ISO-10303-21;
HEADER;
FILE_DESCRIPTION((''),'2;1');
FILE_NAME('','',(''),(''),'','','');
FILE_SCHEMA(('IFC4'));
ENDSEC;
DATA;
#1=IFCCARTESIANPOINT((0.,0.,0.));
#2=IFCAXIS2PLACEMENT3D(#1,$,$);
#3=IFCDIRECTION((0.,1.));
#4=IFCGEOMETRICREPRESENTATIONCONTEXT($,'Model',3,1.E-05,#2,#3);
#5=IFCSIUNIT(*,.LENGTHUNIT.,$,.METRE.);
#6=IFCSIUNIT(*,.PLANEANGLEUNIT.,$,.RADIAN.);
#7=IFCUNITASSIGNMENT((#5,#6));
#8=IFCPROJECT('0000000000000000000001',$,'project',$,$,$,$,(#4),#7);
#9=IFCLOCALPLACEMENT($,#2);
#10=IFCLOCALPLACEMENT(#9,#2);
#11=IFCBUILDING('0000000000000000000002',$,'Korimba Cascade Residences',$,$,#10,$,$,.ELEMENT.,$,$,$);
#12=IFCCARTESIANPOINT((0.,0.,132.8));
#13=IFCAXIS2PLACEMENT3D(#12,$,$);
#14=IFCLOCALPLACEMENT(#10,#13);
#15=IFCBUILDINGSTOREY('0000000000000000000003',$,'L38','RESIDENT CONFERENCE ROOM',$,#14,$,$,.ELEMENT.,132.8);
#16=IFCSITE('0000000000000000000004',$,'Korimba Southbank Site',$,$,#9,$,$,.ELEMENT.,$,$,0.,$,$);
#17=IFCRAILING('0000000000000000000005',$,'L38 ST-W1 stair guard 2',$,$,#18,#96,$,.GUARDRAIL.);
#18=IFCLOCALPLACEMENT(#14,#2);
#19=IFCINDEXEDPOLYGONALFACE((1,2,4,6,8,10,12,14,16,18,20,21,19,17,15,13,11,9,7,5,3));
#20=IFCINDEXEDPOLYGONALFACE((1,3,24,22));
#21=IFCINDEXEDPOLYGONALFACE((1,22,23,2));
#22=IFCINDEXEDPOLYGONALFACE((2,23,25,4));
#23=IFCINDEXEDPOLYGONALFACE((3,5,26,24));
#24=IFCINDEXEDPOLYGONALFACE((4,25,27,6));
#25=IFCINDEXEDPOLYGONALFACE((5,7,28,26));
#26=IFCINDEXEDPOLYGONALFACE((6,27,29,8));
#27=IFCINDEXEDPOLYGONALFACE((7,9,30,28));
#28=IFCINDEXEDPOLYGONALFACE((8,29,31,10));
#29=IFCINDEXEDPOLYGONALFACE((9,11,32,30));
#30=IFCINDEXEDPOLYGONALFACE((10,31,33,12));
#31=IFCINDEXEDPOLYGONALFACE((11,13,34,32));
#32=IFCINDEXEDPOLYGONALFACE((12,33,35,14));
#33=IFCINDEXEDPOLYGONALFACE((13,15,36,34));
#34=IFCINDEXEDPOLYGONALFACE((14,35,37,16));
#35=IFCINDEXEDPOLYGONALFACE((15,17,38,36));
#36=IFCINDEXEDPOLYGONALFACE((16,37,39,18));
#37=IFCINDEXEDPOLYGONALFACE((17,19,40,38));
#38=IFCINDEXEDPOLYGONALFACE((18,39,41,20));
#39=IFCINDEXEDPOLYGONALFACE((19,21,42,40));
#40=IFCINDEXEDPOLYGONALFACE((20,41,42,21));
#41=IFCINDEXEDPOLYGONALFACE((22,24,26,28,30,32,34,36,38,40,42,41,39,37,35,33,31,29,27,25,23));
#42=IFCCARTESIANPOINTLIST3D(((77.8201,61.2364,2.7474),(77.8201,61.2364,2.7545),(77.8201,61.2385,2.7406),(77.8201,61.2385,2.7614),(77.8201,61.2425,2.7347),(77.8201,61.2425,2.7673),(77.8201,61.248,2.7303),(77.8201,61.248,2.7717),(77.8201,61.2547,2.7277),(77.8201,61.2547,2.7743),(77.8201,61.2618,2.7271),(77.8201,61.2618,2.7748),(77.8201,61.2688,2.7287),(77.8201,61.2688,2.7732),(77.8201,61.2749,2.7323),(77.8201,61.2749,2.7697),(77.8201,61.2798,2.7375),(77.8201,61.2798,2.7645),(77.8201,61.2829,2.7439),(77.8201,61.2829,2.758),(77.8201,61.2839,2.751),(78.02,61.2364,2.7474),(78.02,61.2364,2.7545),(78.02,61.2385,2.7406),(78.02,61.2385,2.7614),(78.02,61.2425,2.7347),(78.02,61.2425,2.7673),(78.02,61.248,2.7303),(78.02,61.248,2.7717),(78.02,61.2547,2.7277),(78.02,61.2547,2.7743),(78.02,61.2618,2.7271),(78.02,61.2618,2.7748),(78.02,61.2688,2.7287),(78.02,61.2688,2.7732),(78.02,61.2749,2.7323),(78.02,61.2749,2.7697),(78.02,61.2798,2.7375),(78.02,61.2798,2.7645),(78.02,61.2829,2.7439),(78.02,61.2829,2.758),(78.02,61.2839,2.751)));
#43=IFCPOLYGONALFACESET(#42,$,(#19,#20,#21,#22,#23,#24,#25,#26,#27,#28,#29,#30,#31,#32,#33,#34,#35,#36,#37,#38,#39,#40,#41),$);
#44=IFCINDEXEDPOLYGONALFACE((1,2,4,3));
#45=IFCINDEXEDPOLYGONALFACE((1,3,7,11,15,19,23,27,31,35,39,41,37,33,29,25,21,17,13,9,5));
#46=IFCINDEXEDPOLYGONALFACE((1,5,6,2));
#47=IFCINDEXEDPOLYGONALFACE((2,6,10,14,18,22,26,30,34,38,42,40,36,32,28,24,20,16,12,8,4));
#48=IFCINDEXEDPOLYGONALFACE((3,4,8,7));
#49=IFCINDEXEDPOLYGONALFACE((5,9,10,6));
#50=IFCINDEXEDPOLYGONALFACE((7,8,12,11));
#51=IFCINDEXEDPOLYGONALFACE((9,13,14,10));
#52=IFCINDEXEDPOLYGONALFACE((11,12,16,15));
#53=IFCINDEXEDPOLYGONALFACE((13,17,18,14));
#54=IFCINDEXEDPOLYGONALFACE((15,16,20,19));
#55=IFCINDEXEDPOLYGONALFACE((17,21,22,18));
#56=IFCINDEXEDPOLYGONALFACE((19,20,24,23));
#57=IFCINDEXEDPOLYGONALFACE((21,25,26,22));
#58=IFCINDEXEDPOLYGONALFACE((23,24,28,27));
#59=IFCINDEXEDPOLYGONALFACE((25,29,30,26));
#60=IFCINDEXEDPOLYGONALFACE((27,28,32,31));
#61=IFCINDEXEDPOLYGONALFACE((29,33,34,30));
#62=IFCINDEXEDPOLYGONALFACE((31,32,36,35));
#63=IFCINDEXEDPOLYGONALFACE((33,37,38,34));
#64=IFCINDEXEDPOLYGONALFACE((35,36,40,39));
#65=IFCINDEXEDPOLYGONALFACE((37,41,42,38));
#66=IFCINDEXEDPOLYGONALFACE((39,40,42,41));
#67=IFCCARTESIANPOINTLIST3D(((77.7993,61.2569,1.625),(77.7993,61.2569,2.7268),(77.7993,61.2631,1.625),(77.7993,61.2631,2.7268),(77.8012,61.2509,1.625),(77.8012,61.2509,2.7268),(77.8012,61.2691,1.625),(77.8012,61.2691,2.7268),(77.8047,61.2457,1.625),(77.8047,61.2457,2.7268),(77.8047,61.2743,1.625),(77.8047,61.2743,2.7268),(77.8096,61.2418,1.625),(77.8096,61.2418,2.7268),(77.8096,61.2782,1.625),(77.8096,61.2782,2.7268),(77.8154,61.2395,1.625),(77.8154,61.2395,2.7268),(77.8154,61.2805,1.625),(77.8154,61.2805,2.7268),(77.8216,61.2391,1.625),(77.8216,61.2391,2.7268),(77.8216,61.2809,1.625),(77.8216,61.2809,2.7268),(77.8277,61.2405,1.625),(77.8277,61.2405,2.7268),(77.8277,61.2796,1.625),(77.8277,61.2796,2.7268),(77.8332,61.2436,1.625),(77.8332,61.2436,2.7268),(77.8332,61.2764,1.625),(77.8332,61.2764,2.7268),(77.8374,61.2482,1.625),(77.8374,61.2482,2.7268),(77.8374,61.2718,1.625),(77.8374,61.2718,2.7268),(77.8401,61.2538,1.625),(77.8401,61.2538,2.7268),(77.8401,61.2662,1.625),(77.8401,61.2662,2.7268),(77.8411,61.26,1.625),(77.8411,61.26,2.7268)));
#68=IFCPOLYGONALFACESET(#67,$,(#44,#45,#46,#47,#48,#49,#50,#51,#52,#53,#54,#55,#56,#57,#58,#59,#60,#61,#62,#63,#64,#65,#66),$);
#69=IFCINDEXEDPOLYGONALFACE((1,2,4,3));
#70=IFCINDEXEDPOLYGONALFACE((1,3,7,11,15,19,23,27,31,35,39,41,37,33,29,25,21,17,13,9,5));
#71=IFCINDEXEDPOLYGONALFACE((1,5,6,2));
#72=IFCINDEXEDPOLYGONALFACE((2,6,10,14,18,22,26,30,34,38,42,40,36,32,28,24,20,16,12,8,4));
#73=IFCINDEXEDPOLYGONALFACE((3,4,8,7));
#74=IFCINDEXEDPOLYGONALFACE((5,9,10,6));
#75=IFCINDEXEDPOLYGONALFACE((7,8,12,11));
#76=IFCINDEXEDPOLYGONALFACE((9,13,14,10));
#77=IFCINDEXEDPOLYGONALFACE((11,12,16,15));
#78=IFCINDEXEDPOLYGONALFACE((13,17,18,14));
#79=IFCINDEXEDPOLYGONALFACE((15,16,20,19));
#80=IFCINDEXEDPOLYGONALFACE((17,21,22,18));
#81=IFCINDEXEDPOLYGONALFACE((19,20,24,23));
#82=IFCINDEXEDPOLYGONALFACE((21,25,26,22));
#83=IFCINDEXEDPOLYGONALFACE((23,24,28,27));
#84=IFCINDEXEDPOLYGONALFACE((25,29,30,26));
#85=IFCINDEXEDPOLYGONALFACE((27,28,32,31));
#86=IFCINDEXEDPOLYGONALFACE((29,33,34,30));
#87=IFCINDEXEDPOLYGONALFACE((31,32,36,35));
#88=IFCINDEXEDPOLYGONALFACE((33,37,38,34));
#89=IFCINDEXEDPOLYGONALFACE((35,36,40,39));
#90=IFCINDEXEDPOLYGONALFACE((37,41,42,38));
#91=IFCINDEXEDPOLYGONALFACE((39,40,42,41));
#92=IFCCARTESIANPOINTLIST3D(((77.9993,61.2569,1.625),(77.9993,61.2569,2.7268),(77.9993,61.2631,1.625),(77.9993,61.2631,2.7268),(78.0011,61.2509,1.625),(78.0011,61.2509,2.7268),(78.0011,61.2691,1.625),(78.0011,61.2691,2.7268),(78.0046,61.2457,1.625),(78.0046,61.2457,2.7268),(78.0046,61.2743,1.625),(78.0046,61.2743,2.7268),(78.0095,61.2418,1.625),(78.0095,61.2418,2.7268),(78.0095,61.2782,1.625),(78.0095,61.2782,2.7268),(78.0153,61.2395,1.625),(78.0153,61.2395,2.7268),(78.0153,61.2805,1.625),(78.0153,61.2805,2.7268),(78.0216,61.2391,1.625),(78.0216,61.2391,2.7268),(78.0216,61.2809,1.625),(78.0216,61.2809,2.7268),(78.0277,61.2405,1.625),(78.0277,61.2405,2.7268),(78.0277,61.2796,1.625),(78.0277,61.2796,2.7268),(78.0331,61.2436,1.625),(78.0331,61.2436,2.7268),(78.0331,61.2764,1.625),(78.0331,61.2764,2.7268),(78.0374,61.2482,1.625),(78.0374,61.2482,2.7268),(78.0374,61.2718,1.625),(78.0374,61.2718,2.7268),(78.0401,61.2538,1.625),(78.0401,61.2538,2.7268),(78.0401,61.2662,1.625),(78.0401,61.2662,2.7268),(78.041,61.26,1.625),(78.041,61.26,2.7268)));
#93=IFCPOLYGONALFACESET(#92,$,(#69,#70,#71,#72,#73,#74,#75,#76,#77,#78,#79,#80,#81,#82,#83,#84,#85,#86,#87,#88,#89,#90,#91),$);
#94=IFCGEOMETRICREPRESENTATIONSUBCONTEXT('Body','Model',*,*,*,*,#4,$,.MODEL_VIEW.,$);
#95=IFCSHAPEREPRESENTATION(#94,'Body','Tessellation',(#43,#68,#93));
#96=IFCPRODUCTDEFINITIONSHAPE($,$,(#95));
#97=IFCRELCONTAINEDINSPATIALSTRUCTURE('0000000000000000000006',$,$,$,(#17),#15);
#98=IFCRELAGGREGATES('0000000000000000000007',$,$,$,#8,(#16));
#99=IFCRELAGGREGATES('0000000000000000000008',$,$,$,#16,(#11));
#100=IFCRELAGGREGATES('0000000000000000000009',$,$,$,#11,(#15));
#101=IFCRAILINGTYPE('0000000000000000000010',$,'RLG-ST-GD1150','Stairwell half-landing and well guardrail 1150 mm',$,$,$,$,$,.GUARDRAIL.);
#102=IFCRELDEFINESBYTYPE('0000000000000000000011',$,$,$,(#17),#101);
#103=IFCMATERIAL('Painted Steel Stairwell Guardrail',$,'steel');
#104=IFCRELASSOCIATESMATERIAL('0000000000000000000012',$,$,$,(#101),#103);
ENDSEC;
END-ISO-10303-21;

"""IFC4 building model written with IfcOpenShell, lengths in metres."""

from ifc_helpers import new_model, si_unit, direction, frame, origin, origin_2d, place, context, subcontext, project, spatial, circle, extrude, material, type_object, element, save


model = new_model("IFC4")

# Units and contexts
model_context = context("Model", 3, precision=1e-05, world=origin(), true_north=direction((0.0, 1.0)))
body_context = subcontext(model_context, "Body", "Model", "MODEL_VIEW")
ifc_project = project(units=[si_unit("LENGTHUNIT", "METRE"), si_unit("PLANEANGLEUNIT", "RADIAN")], contexts=[model_context])

# Site, building, storey
site_placement = place(None, origin())
site = spatial("IfcSite", under=ifc_project, at=site_placement, Name="Korimba Southbank Site", CompositionType="ELEMENT", RefElevation=0.0)
building_placement = place(site_placement, origin())
building = spatial("IfcBuilding", under=site, at=building_placement, Name="Korimba Cascade Residences", CompositionType="ELEMENT")
storey_placement = place(building_placement, frame((0.0, 0.0, 132.8)))
storey = spatial("IfcBuildingStorey", under=building, at=storey_placement, Name="L38", Description="RESIDENT CONFERENCE ROOM", CompositionType="ELEMENT", Elevation=132.8)

# Railing
ifc_material_1 = material(Name="Painted Steel Stairwell Guardrail", Category="steel")
railing_type_1 = type_object("IfcRailingType", Name="RLG-ST-GD1150", Description="Stairwell half-landing and well guardrail 1150 mm", PredefinedType="GUARDRAIL", material=ifc_material_1)
railing_1_placement = place(storey_placement, frame((77.8201, 61.26, 1.625)))
element("IfcRailing", 1, at=railing_1_placement, inside=storey, type_object=railing_type_1, Name="L38 ST-W1 stair guard 2", PredefinedType="GUARDRAIL", context=body_context, shape_type="SweptSolid", body=[
    extrude(circle(Radius=0.0239, at=origin_2d()), frame((0.0, 0.0, 1.126), z_axis=(1.0, 0.0, 0.0), x_axis=(0.0, 1.0, 0.0)), (0.0, 0.0, 1.0), 0.2),
    extrude(circle(Radius=0.021, at=origin_2d()), origin(), (0.0, 0.0, 1.0), 1.1018),
    extrude(circle(Radius=0.021, at=origin_2d()), frame((0.2, 0.0, 0.0)), (0.0, 0.0, 1.0), 1.1018),
])

save(model, "model.ifc")
